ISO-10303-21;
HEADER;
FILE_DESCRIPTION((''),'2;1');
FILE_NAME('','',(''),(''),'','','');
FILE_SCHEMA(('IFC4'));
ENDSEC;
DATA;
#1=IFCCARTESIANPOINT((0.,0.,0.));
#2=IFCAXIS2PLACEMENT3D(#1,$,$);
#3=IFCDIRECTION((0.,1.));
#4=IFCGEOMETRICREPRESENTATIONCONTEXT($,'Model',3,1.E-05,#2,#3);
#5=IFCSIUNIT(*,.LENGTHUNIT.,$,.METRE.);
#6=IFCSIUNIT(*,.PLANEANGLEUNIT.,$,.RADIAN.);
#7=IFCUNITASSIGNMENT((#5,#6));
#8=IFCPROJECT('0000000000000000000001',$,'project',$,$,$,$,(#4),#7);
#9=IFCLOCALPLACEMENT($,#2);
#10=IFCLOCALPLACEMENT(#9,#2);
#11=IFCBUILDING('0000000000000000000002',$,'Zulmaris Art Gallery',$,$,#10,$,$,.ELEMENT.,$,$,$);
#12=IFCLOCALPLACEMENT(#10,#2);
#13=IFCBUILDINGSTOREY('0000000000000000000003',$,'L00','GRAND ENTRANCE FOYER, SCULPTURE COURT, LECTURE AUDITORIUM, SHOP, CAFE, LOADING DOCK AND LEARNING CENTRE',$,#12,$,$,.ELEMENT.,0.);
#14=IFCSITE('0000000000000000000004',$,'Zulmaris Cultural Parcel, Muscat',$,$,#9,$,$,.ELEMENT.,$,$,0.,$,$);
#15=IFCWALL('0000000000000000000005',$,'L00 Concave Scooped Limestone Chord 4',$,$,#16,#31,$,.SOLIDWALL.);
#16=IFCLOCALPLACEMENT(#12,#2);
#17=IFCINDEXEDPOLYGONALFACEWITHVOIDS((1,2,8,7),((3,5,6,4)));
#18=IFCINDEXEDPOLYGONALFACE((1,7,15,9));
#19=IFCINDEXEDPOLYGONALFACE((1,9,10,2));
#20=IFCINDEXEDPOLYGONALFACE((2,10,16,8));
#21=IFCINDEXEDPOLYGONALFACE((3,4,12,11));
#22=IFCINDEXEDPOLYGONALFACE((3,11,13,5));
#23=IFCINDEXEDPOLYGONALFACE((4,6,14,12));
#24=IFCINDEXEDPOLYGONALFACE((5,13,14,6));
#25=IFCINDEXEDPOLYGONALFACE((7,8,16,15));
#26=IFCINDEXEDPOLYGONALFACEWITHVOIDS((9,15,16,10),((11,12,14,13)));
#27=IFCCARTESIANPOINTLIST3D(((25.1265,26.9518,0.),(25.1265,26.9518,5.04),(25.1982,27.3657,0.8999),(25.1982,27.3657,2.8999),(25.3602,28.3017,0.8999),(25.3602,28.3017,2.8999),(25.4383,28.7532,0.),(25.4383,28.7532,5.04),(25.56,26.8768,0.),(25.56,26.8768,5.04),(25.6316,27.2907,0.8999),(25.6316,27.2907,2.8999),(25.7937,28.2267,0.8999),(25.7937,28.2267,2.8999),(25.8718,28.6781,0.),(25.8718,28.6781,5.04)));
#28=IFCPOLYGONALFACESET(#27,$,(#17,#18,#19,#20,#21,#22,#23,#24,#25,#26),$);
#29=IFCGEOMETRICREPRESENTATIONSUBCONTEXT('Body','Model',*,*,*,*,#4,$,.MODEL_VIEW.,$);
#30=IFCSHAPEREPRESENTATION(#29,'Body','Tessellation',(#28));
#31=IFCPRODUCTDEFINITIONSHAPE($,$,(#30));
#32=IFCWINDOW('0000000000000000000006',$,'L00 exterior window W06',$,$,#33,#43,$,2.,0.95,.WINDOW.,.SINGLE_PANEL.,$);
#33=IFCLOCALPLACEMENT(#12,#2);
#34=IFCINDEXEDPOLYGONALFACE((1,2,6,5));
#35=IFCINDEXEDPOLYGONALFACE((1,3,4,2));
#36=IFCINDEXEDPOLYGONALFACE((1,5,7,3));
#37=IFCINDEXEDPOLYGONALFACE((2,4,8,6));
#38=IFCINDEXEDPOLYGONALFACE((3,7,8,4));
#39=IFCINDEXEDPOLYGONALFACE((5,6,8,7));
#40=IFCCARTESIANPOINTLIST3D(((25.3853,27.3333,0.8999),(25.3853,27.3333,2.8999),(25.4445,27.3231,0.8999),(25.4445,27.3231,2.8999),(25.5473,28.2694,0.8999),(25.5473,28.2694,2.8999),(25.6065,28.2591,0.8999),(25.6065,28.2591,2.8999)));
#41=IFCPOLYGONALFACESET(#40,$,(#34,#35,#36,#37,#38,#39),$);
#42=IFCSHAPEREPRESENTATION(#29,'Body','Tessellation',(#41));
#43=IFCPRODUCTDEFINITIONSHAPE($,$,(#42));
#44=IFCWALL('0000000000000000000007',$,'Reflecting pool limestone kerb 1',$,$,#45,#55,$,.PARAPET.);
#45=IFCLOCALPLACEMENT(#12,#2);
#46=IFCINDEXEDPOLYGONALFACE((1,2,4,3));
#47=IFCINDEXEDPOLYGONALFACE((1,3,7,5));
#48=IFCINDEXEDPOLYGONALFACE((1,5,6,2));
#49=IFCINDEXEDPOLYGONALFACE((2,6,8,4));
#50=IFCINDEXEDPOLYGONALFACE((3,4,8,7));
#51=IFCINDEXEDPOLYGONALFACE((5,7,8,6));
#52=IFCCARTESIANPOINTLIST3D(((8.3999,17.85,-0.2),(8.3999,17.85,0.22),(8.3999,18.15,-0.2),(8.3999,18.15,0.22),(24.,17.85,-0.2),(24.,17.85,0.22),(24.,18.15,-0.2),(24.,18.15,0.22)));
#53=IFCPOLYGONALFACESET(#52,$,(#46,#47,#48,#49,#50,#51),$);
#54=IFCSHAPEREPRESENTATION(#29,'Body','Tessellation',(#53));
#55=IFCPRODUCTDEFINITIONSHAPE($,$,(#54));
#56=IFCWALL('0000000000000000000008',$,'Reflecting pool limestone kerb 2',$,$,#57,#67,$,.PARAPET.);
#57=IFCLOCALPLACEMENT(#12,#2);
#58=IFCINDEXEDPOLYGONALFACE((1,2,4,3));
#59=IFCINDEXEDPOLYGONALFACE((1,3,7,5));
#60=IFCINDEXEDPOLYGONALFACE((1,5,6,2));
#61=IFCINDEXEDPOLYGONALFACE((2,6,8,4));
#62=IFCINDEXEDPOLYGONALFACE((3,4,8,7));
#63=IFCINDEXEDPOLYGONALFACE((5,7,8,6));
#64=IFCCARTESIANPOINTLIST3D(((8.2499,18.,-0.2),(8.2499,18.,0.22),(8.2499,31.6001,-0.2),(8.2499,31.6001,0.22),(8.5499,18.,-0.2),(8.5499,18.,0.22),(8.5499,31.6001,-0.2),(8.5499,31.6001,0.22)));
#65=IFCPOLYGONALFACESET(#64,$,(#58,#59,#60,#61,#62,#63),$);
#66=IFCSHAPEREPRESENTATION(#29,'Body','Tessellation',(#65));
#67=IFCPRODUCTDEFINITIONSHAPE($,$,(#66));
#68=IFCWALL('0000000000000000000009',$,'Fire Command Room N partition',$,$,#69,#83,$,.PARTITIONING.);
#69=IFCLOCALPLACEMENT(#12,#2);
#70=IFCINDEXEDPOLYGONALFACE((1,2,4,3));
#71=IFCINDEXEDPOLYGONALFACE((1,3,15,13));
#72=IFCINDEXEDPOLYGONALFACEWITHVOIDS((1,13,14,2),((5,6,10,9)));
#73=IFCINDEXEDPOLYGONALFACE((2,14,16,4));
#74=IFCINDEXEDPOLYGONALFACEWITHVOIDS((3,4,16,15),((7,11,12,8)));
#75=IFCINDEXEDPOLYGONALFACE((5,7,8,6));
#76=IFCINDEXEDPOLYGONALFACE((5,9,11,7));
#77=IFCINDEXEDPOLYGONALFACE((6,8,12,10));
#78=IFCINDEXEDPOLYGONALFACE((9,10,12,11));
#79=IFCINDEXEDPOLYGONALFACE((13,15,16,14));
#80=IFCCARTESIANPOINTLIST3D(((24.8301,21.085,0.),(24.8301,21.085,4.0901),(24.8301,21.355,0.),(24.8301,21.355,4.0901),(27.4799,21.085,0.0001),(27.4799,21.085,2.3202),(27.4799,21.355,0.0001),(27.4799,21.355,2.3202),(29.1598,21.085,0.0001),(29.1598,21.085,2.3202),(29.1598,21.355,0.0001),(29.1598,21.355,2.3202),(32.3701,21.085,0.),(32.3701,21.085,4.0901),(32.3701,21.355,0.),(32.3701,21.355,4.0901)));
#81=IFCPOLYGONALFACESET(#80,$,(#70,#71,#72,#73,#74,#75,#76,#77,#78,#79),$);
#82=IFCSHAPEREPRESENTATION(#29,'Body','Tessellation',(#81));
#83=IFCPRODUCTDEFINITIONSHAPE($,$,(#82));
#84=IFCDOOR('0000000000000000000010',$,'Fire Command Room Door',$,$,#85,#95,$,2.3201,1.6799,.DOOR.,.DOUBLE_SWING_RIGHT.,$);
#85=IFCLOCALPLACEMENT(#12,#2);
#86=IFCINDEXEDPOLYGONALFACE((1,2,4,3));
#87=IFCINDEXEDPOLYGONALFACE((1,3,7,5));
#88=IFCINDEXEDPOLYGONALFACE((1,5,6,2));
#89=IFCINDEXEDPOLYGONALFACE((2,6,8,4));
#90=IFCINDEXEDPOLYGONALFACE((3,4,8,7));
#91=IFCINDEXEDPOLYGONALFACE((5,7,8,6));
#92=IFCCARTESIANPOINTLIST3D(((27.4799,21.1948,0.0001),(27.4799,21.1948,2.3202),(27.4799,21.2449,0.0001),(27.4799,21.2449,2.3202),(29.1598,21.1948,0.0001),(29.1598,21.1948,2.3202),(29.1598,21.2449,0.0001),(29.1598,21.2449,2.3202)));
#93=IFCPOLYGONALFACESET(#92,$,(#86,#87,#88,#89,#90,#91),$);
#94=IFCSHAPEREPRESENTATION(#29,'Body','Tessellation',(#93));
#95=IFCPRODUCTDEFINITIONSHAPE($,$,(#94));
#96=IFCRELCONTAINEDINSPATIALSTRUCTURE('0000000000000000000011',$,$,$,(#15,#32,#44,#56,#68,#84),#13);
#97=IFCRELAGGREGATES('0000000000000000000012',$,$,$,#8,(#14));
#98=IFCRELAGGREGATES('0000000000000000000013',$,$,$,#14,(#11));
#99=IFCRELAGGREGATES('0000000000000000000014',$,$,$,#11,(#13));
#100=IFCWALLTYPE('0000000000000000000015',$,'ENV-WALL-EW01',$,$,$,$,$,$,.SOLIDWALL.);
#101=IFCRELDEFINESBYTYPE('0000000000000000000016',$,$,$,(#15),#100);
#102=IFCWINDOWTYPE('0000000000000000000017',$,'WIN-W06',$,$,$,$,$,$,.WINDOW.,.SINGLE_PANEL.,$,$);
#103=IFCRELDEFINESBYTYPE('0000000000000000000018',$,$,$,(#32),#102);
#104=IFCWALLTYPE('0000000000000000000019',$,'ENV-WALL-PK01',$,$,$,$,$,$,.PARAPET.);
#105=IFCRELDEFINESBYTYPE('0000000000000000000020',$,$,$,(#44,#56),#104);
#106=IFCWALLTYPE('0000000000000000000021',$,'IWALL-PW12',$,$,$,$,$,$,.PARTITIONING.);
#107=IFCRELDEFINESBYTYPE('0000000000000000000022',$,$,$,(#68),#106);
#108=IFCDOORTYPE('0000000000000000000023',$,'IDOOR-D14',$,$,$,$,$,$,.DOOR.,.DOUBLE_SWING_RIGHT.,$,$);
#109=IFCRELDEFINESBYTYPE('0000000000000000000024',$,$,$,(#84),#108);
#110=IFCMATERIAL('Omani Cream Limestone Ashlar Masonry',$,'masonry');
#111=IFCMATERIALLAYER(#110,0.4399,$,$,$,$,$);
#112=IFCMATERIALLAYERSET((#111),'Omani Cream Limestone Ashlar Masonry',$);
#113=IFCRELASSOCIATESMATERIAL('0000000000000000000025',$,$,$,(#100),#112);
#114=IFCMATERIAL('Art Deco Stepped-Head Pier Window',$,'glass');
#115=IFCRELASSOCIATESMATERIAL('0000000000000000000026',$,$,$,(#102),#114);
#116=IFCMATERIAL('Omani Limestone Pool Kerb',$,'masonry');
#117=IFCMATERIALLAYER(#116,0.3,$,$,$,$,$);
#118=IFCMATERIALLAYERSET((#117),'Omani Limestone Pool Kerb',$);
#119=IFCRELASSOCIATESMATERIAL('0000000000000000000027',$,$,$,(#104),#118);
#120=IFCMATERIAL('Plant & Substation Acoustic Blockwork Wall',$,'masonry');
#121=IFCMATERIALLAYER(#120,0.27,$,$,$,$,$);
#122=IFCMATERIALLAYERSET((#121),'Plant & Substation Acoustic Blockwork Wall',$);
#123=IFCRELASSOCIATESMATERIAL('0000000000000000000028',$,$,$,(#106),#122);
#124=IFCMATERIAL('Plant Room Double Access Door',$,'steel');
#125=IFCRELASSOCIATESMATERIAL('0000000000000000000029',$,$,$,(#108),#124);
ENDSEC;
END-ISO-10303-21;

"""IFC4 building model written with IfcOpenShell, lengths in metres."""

from ifc_helpers import new_model, si_unit, direction, frame, frame_2d, origin, place, context, subcontext, project, spatial, rectangle, extrude, material, layer, layer_set, type_object, element, fill, save


model = new_model("IFC4")

# Units and contexts
model_context = context("Model", 3, precision=1e-05, world=origin(), true_north=direction((0.0, 1.0)))
body_context = subcontext(model_context, "Body", "Model", "MODEL_VIEW")
ifc_project = project(units=[si_unit("LENGTHUNIT", "METRE"), si_unit("PLANEANGLEUNIT", "RADIAN")], contexts=[model_context])

# Site, building, storey
site_placement = place(None, origin())
site = spatial("IfcSite", under=ifc_project, at=site_placement, Name="Zulmaris Cultural Parcel, Muscat", CompositionType="ELEMENT", RefElevation=0.0)
building_placement = place(site_placement, origin())
building = spatial("IfcBuilding", under=site, at=building_placement, Name="Zulmaris Art Gallery", CompositionType="ELEMENT")
storey_placement = place(building_placement, origin())
storey = spatial("IfcBuildingStorey", under=building, at=storey_placement, Name="L00", Description="GRAND ENTRANCE FOYER, SCULPTURE COURT, LECTURE AUDITORIUM, SHOP, CAFE, LOADING DOCK AND LEARNING CENTRE", CompositionType="ELEMENT", Elevation=0.0)

# Shared definitions
ifc_material_1 = material(Name="Omani Cream Limestone Ashlar Masonry", Category="masonry")
ifc_layer_1 = layer(ifc_material_1, 0.4399)
ifc_layer_set_1 = layer_set([ifc_layer_1], Name="Omani Cream Limestone Ashlar Masonry")
wall_type_1 = type_object("IfcWallType", Name="ENV-WALL-EW01", PredefinedType="SOLIDWALL", material=ifc_layer_set_1)

# Wall, opening, window
wall_1_placement = place(storey_placement, frame((25.3433, 26.9143, 0.0), z_axis=(0.0, 0.0, 1.0), x_axis=(0.170546, 0.98535, 0.0)))
wall_1 = element("IfcWall", 1, at=wall_1_placement, inside=storey, type_object=wall_type_1, Name="L00 Concave Scooped Limestone Chord 4", PredefinedType="SOLIDWALL", context=body_context, shape_type="SweptSolid", body=[
    extrude(rectangle(XDim=1.8281, YDim=0.4399, at=frame_2d((0.9141, 0.0))), origin(), (0.0, 0.0, 1.0), 5.04),
])
opening_1_placement = place(wall_1_placement, frame((0.4199, 0.0, 0.8999)))
opening_1 = element("IfcOpeningElement", 2, at=opening_1_placement, cuts=wall_1, PredefinedType="OPENING", context=body_context, shape_type="SweptSolid", body=[
    extrude(rectangle(XDim=0.95, YDim=2.0, at=frame_2d((0.4751, 1.0))), frame((0.0, 0.23, 0.0), z_axis=(0.0, -1.0, 0.0), x_axis=(1.0, 0.0, 0.0)), (0.0, 0.0, 1.0), 0.46),
])
ifc_material_2 = material(Name="Art Deco Stepped-Head Pier Window", Category="glass")
window_type = type_object("IfcWindowType", Name="WIN-W06", PartitioningType="SINGLE_PANEL", PredefinedType="WINDOW", material=ifc_material_2)
window_1_placement = place(opening_1_placement, origin())
window_1 = element("IfcWindow", 3, at=window_1_placement, inside=storey, type_object=window_type, Name="L00 exterior window W06", OverallHeight=2.0, OverallWidth=0.95, PartitioningType="SINGLE_PANEL", PredefinedType="WINDOW", context=body_context, shape_type="SweptSolid", body=[
    extrude(rectangle(XDim=0.95, YDim=2.0, at=frame_2d((0.4751, 1.0))), frame((0.0, 0.03, 0.0), z_axis=(0.0, -1.0, 0.0), x_axis=(1.0, 0.0, 0.0)), (0.0, 0.0, 1.0), 0.0601),
])
fill(opening_1, window_1)

# Walls
ifc_material_3 = material(Name="Omani Limestone Pool Kerb", Category="masonry")
ifc_layer_2 = layer(ifc_material_3, 0.3)
ifc_layer_set_2 = layer_set([ifc_layer_2], Name="Omani Limestone Pool Kerb")
wall_type_2 = type_object("IfcWallType", Name="ENV-WALL-PK01", PredefinedType="PARAPET", material=ifc_layer_set_2)
wall_2_placement = place(storey_placement, frame((8.3999, 18.0, -0.2), z_axis=(0.0, 0.0, 1.0), x_axis=(1.0, 0.0, 0.0)))
element("IfcWall", 4, at=wall_2_placement, inside=storey, type_object=wall_type_2, Name="Reflecting pool limestone kerb 1", PredefinedType="PARAPET", context=body_context, shape_type="SweptSolid", body=[
    extrude(rectangle(XDim=15.6001, YDim=0.3, at=frame_2d((7.8, 0.0))), origin(), (0.0, 0.0, 1.0), 0.4199),
])
wall_3_placement = place(storey_placement, frame((8.3999, 18.0, -0.2), z_axis=(0.0, 0.0, 1.0), x_axis=(0.0, 1.0, 0.0)))
element("IfcWall", 5, at=wall_3_placement, inside=storey, type_object=wall_type_2, Name="Reflecting pool limestone kerb 2", PredefinedType="PARAPET", context=body_context, shape_type="SweptSolid", body=[
    extrude(rectangle(XDim=13.6001, YDim=0.3, at=frame_2d((6.8, 0.0))), origin(), (0.0, 0.0, 1.0), 0.4199),
])

# Wall, opening, door
ifc_material_4 = material(Name="Plant & Substation Acoustic Blockwork Wall", Category="masonry")
ifc_layer_3 = layer(ifc_material_4, 0.27)
ifc_layer_set_3 = layer_set([ifc_layer_3], Name="Plant & Substation Acoustic Blockwork Wall")
wall_type_3 = type_object("IfcWallType", Name="IWALL-PW12", PredefinedType="PARTITIONING", material=ifc_layer_set_3)
wall_4_placement = place(storey_placement, frame((24.8301, 21.22, 0.0), z_axis=(0.0, 0.0, 1.0), x_axis=(1.0, 0.0, 0.0)))
wall_4 = element("IfcWall", 6, at=wall_4_placement, inside=storey, type_object=wall_type_3, Name="Fire Command Room N partition", PredefinedType="PARTITIONING", context=body_context, shape_type="SweptSolid", body=[
    extrude(rectangle(XDim=7.54, YDim=0.27, at=frame_2d((3.77, 0.0))), origin(), (0.0, 0.0, 1.0), 4.0901),
])
opening_2_placement = place(wall_4_placement, frame((2.6499, 0.0, 0.0)))
opening_2 = element("IfcOpeningElement", 7, at=opening_2_placement, cuts=wall_4, PredefinedType="OPENING", context=body_context, shape_type="SweptSolid", body=[
    extrude(rectangle(XDim=1.6799, YDim=2.3201, at=frame_2d((0.8398, 1.1602))), frame((0.0, 0.145, 0.0), z_axis=(0.0, -1.0, 0.0), x_axis=(1.0, 0.0, 0.0)), (0.0, 0.0, 1.0), 0.29),
])
ifc_material_5 = material(Name="Plant Room Double Access Door", Category="steel")
door_type_1 = type_object("IfcDoorType", Name="IDOOR-D14", OperationType="DOUBLE_SWING_RIGHT", PredefinedType="DOOR", material=ifc_material_5)
door_1_placement = place(opening_2_placement, origin())
door_1 = element("IfcDoor", 8, at=door_1_placement, inside=storey, type_object=door_type_1, Name="Fire Command Room Door", OperationType="DOUBLE_SWING_RIGHT", OverallHeight=2.3201, OverallWidth=1.6799, PredefinedType="DOOR", context=body_context, shape_type="SweptSolid", body=[
    extrude(rectangle(XDim=1.6799, YDim=2.3201, at=frame_2d((0.8398, 1.1602))), frame((0.0, 0.0249, 0.0), z_axis=(0.0, -1.0, 0.0), x_axis=(1.0, 0.0, 0.0)), (0.0, 0.0, 1.0), 0.05),
])
fill(opening_2, door_1)

save(model, "model.ifc")
